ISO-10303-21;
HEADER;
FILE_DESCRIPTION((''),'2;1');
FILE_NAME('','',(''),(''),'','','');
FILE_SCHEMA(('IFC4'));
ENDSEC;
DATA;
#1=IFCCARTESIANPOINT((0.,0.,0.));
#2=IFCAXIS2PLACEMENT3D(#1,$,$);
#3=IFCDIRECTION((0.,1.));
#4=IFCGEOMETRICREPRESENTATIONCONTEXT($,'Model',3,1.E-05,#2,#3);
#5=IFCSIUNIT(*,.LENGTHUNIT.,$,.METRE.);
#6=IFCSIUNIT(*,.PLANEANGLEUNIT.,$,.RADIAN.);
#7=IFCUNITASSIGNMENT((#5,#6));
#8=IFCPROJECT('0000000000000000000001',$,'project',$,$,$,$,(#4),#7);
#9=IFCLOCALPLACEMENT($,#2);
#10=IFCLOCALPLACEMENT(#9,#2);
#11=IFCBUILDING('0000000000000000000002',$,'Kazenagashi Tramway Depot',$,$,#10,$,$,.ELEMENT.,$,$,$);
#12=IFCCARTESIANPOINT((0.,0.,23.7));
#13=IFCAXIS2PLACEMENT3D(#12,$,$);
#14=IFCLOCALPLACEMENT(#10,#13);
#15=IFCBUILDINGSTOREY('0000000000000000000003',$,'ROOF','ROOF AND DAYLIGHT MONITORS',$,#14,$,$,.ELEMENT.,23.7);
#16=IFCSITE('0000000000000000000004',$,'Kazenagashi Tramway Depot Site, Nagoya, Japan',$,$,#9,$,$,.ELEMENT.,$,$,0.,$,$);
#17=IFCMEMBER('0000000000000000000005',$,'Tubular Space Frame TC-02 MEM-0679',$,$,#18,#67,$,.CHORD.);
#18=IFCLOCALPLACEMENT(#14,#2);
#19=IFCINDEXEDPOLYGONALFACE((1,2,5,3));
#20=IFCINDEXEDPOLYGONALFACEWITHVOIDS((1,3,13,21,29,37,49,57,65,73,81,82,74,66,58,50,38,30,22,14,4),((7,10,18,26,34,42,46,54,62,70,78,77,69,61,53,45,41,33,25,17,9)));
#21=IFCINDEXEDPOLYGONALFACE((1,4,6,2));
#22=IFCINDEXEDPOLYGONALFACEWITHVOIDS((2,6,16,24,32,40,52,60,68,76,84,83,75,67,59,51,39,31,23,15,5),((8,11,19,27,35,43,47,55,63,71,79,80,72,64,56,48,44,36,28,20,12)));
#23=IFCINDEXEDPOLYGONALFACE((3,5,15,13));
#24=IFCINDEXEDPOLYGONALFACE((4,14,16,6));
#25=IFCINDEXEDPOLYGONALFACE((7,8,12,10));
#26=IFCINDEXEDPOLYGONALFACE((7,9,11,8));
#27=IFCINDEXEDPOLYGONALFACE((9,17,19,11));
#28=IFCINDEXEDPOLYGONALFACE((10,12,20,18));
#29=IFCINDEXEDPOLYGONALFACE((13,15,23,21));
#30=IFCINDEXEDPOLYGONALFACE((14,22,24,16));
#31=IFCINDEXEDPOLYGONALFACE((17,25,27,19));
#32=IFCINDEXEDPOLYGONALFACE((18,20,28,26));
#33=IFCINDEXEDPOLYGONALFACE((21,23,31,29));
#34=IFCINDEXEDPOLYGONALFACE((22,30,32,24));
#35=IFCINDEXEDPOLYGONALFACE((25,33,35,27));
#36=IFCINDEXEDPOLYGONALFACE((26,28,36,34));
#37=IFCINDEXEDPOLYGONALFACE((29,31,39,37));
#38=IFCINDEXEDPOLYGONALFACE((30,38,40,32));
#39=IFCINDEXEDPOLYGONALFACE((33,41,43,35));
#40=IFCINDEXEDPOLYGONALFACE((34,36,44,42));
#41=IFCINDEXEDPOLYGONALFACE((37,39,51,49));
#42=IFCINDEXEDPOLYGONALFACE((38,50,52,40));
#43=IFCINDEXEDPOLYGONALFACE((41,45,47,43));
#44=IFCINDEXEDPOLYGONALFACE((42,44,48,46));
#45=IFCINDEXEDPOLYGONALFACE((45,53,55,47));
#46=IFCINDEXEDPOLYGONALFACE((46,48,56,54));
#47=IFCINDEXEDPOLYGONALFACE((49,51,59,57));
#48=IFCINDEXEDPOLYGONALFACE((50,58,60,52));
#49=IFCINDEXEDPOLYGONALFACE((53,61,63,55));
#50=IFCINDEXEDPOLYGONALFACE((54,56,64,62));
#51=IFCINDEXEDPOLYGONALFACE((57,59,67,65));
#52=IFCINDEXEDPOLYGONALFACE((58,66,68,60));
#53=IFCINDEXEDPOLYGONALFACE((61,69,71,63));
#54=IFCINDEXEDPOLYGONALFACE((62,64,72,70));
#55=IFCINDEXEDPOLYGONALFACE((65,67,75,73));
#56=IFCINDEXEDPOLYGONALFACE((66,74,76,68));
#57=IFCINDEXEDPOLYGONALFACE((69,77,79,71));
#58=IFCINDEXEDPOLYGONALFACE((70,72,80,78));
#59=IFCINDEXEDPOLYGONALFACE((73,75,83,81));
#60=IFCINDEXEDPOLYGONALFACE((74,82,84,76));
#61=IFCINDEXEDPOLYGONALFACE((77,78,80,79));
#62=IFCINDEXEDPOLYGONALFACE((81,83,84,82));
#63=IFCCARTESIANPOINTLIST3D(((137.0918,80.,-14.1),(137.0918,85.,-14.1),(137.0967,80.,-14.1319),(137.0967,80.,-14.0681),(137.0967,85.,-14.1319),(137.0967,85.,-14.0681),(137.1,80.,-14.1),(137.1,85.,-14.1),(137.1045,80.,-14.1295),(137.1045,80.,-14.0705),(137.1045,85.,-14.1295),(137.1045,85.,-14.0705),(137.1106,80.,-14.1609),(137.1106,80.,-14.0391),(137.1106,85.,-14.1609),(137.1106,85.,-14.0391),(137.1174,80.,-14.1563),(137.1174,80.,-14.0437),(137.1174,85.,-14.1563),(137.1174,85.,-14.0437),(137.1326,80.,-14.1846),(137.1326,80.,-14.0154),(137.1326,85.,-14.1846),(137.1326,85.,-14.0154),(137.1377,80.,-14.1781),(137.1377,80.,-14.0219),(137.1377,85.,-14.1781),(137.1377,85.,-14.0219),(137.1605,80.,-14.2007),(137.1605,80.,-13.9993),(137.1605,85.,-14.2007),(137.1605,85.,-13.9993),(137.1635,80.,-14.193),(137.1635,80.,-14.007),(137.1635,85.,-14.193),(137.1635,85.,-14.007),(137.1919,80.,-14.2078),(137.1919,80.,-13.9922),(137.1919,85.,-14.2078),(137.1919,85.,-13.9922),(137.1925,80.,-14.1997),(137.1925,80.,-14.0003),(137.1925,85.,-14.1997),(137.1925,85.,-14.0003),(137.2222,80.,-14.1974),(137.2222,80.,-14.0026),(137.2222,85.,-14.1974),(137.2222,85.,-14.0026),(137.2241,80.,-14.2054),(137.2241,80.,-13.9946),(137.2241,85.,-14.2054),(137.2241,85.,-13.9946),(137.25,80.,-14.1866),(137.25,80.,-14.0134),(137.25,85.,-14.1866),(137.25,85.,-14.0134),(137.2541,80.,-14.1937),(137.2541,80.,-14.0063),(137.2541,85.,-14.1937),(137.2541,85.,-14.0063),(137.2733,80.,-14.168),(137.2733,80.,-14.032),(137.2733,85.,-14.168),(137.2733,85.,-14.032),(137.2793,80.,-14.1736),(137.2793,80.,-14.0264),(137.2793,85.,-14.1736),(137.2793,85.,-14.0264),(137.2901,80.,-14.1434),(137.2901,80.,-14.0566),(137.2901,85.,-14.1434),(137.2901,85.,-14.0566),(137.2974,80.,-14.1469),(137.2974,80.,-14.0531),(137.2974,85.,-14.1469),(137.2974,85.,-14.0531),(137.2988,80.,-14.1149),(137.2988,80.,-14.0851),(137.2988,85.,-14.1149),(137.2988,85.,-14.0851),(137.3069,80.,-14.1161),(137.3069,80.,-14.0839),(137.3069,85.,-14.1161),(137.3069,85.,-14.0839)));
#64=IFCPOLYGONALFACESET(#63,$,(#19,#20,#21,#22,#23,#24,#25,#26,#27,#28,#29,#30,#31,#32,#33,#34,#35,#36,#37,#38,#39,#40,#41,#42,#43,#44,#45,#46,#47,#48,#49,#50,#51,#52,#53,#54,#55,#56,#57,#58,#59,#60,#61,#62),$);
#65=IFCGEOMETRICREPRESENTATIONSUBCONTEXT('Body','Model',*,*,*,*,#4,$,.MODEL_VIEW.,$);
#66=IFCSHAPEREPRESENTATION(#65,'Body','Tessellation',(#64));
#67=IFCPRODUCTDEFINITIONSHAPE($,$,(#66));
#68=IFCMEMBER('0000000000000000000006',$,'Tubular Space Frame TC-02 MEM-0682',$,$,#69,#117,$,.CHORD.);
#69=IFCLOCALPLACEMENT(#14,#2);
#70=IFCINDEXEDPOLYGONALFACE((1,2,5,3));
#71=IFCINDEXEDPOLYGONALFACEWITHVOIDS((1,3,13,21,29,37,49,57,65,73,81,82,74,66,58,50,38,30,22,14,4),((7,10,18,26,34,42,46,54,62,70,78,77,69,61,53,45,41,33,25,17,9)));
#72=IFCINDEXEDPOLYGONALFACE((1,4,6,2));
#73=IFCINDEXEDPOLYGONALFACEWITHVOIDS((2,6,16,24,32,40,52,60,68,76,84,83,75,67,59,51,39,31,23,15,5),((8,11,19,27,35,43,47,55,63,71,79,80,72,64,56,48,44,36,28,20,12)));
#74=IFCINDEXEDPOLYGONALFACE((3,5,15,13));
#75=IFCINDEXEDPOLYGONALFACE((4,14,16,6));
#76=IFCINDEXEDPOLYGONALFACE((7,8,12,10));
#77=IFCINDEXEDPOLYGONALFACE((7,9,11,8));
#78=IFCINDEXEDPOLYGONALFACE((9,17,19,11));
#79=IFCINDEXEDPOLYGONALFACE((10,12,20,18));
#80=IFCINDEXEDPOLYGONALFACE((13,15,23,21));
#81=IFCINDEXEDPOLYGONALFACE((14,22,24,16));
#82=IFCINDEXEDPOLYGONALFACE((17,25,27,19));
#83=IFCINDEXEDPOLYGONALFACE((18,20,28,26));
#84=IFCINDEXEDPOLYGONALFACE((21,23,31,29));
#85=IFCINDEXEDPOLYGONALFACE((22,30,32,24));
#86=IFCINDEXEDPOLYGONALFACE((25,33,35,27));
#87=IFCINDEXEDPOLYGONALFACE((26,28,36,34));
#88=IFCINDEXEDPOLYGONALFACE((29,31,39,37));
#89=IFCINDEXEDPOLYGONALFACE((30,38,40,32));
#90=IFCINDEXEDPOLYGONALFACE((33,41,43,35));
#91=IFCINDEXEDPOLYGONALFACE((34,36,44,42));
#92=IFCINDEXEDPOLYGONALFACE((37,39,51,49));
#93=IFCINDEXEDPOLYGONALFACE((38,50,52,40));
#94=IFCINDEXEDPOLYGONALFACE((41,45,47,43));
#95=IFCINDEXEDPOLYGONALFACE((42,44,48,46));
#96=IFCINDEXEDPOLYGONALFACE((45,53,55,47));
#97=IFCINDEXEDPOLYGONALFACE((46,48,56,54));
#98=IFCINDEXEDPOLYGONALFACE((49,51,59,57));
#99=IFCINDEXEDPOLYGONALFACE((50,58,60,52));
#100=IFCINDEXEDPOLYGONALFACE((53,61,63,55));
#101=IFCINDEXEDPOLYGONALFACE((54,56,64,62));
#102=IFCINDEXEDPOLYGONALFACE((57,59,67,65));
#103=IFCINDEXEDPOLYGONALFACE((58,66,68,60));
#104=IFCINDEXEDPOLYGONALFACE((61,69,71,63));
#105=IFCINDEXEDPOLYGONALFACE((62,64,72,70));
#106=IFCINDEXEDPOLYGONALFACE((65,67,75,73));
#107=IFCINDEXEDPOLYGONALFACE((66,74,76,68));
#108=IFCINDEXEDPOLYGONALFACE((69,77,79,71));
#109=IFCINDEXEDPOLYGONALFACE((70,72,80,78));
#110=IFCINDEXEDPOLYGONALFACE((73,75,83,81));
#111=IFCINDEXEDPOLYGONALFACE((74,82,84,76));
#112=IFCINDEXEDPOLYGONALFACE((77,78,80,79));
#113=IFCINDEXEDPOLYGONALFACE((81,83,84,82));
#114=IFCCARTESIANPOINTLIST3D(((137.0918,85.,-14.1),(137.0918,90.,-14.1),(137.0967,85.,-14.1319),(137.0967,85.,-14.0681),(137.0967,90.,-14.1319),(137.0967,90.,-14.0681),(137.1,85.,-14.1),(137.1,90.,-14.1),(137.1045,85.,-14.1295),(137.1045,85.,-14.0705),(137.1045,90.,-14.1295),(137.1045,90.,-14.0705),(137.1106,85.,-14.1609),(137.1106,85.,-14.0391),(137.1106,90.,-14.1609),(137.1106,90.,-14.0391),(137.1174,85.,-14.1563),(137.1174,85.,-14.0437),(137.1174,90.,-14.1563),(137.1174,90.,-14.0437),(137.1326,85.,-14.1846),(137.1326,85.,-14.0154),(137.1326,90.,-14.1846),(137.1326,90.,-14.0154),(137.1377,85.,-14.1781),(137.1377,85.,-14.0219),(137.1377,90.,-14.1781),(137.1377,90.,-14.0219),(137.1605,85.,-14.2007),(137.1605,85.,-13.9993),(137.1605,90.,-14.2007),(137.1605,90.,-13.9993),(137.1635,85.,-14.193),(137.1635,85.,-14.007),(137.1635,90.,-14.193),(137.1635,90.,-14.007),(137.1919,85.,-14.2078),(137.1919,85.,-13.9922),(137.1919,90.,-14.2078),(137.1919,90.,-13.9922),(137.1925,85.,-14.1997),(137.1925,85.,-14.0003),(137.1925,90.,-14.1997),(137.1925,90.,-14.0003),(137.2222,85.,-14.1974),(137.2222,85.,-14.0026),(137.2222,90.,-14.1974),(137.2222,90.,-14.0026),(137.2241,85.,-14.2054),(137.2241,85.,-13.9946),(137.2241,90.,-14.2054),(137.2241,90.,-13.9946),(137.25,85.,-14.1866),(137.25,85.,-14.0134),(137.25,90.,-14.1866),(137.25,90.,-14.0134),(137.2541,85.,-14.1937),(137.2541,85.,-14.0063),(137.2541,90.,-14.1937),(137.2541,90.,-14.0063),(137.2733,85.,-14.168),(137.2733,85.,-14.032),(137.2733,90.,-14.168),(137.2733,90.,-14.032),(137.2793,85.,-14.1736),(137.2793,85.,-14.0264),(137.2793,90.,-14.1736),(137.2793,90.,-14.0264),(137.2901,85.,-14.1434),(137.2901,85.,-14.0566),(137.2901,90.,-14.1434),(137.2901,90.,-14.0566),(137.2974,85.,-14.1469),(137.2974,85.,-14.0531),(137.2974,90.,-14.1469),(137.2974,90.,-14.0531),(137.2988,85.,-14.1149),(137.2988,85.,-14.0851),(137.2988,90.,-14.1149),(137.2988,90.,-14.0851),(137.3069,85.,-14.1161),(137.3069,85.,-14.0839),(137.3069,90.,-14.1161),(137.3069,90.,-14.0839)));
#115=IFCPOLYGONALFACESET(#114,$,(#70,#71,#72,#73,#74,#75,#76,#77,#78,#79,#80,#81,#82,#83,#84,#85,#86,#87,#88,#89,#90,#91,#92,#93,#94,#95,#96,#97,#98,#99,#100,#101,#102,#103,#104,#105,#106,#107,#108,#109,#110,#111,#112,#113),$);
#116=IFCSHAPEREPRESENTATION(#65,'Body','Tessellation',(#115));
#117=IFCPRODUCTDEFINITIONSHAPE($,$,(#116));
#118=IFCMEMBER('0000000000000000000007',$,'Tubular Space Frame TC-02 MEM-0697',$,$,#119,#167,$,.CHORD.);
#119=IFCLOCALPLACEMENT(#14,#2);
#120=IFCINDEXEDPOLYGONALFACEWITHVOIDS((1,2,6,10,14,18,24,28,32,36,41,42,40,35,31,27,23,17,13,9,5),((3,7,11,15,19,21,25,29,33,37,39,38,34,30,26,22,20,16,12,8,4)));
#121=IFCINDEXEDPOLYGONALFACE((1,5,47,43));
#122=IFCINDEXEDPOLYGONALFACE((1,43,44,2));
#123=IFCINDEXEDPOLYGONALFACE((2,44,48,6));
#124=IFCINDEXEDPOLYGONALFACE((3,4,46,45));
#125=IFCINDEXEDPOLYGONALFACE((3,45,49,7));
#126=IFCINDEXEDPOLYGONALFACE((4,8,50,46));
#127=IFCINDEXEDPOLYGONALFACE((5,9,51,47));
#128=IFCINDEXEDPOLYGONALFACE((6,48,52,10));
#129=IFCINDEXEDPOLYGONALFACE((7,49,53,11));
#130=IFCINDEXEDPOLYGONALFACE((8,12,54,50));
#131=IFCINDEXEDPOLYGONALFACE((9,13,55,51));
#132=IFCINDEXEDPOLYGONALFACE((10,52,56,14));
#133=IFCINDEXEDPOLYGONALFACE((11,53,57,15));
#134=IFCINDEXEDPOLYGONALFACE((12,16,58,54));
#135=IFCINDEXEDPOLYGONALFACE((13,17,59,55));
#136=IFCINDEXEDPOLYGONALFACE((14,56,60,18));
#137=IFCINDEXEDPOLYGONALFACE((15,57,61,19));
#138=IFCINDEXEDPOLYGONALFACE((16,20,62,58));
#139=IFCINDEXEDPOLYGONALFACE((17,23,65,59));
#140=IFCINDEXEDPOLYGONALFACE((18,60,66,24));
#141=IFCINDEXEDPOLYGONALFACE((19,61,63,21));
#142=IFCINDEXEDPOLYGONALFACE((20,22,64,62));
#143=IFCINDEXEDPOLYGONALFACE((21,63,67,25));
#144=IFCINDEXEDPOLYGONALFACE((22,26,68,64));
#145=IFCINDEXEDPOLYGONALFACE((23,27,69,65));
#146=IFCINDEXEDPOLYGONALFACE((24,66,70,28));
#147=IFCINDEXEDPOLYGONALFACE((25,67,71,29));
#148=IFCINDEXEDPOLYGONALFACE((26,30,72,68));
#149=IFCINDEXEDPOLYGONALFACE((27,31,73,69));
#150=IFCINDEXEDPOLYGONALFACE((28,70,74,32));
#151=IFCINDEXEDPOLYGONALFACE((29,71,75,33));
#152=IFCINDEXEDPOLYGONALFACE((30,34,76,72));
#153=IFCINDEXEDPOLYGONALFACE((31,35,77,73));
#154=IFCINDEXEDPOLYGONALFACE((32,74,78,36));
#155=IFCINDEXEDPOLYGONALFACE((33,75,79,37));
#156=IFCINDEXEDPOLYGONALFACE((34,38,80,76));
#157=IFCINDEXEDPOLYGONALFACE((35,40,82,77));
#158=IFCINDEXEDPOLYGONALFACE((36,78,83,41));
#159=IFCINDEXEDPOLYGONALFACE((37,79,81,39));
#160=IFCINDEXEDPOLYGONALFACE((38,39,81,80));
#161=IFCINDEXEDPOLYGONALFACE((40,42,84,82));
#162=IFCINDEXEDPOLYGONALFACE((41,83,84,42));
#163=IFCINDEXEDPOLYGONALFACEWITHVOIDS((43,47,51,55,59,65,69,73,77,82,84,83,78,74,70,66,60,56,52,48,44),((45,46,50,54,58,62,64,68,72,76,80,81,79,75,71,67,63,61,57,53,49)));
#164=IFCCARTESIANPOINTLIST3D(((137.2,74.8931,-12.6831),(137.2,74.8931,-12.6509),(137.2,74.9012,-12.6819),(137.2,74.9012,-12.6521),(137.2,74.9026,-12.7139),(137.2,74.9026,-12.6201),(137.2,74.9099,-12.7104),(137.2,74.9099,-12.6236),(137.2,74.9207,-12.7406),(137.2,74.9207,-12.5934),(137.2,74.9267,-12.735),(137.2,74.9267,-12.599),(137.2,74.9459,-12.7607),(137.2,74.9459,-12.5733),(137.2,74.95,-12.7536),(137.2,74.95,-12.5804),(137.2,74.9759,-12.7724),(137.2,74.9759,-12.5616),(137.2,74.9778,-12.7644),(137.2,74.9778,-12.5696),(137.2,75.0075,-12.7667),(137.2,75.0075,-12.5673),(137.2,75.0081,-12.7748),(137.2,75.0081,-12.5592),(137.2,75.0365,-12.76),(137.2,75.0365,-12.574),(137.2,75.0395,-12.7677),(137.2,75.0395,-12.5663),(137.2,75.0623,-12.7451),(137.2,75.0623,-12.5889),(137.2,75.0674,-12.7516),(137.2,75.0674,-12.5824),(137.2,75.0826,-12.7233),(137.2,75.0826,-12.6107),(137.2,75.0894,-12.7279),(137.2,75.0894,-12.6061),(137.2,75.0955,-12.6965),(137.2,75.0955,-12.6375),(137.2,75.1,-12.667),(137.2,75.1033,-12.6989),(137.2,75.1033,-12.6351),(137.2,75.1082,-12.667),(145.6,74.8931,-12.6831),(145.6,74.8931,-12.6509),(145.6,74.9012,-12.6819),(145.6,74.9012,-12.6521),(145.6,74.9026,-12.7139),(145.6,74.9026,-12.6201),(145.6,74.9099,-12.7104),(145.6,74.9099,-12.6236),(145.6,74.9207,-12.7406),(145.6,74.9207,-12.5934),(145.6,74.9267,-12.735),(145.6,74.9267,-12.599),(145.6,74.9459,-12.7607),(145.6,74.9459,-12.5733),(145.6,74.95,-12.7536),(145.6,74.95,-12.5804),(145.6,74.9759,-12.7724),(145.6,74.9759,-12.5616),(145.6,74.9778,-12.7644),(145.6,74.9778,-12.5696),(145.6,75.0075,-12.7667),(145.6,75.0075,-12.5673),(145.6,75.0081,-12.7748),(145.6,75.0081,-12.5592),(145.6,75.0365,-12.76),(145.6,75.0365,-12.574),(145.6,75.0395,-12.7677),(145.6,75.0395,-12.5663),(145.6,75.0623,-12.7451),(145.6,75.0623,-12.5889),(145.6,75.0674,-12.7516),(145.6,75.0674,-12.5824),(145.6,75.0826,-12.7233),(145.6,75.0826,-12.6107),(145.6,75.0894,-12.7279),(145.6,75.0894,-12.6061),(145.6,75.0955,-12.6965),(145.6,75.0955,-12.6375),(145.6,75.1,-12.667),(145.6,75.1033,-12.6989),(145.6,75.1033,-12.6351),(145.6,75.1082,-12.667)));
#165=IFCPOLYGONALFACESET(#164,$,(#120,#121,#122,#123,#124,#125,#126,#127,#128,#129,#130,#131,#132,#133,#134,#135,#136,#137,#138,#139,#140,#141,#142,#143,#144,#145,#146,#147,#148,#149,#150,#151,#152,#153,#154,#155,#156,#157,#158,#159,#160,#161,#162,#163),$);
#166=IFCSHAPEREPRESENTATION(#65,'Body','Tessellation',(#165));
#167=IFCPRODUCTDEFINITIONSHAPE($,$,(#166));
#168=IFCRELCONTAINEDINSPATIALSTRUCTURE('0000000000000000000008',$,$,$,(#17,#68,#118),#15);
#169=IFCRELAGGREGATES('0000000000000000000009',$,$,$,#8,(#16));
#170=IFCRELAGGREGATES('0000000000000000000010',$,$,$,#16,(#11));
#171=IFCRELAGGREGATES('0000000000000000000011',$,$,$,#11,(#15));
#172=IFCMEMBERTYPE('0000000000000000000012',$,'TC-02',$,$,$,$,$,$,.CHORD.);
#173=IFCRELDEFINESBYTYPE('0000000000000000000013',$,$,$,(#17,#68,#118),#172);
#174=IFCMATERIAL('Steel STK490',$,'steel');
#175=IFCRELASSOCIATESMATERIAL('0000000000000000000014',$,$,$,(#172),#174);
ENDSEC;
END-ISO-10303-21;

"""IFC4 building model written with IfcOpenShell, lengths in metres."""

from ifc_helpers import new_model, si_unit, direction, frame, origin, origin_2d, place, context, subcontext, project, spatial, hollow_circle, extrude, material, material_profile, profile_set, type_object, element, save


model = new_model("IFC4")

# Units and contexts
model_context = context("Model", 3, precision=1e-05, world=origin(), true_north=direction((0.0, 1.0)))
body_context = subcontext(model_context, "Body", "Model", "MODEL_VIEW")
ifc_project = project(units=[si_unit("LENGTHUNIT", "METRE"), si_unit("PLANEANGLEUNIT", "RADIAN")], contexts=[model_context])

# Site, building, storey
site_placement = place(None, origin())
site = spatial("IfcSite", under=ifc_project, at=site_placement, Name="Kazenagashi Tramway Depot Site, Nagoya, Japan", CompositionType="ELEMENT", RefElevation=0.0)
building_placement = place(site_placement, origin())
building = spatial("IfcBuilding", under=site, at=building_placement, Name="Kazenagashi Tramway Depot", CompositionType="ELEMENT")
storey_placement = place(building_placement, frame((0.0, 0.0, 23.7)))
storey = spatial("IfcBuildingStorey", under=building, at=storey_placement, Name="ROOF", Description="ROOF AND DAYLIGHT MONITORS", CompositionType="ELEMENT", Elevation=23.7)

# Members
ifc_material_1 = material(Name="Steel STK490", Category="steel")
ifc_material_profile_1 = material_profile(ifc_material_1, hollow_circle(Radius=0.1081, WallThickness=0.0082, at=origin_2d()), Name="CHS-216.3x8.2")
ifc_profile_set_1 = profile_set([ifc_material_profile_1], Name="Steel STK490")
member_type_1 = type_object("IfcMemberType", Name="TC-02", PredefinedType="CHORD", material=ifc_profile_set_1)
for number, where, z_axis, x_axis, name in (
    (1, (137.2, 80.0, -14.1), (0.0, 1.0, 0.0), (-1.0, 0.0, 0.0), "Tubular Space Frame TC-02 MEM-0679"),
    (2, (137.2, 85.0, -14.1), (0.0, 1.0, 0.0), (-1.0, 0.0, 0.0), "Tubular Space Frame TC-02 MEM-0682"),
):
    element("IfcMember", number, at=place(storey_placement, frame(where, z_axis=z_axis, x_axis=x_axis)), inside=storey, type_object=member_type_1, Name=name, PredefinedType="CHORD", context=body_context, shape_type="SweptSolid", body=[
        extrude(hollow_circle(Radius=0.1081, WallThickness=0.0082, at=origin_2d()), origin(), (0.0, 0.0, 1.0), 5.0),
    ])
for number, where, z_axis, x_axis, name in (
    (3, (137.2, 75.0, -12.667), (1.0, 0.0, 0.0), (0.0, 1.0, 0.0), "Tubular Space Frame TC-02 MEM-0697"),
):
    element("IfcMember", number, at=place(storey_placement, frame(where, z_axis=z_axis, x_axis=x_axis)), inside=storey, type_object=member_type_1, Name=name, PredefinedType="CHORD", context=body_context, shape_type="SweptSolid", body=[
        extrude(hollow_circle(Radius=0.1081, WallThickness=0.0082, at=origin_2d()), origin(), (0.0, 0.0, 1.0), 8.4),
    ])

save(model, "model.ifc")
